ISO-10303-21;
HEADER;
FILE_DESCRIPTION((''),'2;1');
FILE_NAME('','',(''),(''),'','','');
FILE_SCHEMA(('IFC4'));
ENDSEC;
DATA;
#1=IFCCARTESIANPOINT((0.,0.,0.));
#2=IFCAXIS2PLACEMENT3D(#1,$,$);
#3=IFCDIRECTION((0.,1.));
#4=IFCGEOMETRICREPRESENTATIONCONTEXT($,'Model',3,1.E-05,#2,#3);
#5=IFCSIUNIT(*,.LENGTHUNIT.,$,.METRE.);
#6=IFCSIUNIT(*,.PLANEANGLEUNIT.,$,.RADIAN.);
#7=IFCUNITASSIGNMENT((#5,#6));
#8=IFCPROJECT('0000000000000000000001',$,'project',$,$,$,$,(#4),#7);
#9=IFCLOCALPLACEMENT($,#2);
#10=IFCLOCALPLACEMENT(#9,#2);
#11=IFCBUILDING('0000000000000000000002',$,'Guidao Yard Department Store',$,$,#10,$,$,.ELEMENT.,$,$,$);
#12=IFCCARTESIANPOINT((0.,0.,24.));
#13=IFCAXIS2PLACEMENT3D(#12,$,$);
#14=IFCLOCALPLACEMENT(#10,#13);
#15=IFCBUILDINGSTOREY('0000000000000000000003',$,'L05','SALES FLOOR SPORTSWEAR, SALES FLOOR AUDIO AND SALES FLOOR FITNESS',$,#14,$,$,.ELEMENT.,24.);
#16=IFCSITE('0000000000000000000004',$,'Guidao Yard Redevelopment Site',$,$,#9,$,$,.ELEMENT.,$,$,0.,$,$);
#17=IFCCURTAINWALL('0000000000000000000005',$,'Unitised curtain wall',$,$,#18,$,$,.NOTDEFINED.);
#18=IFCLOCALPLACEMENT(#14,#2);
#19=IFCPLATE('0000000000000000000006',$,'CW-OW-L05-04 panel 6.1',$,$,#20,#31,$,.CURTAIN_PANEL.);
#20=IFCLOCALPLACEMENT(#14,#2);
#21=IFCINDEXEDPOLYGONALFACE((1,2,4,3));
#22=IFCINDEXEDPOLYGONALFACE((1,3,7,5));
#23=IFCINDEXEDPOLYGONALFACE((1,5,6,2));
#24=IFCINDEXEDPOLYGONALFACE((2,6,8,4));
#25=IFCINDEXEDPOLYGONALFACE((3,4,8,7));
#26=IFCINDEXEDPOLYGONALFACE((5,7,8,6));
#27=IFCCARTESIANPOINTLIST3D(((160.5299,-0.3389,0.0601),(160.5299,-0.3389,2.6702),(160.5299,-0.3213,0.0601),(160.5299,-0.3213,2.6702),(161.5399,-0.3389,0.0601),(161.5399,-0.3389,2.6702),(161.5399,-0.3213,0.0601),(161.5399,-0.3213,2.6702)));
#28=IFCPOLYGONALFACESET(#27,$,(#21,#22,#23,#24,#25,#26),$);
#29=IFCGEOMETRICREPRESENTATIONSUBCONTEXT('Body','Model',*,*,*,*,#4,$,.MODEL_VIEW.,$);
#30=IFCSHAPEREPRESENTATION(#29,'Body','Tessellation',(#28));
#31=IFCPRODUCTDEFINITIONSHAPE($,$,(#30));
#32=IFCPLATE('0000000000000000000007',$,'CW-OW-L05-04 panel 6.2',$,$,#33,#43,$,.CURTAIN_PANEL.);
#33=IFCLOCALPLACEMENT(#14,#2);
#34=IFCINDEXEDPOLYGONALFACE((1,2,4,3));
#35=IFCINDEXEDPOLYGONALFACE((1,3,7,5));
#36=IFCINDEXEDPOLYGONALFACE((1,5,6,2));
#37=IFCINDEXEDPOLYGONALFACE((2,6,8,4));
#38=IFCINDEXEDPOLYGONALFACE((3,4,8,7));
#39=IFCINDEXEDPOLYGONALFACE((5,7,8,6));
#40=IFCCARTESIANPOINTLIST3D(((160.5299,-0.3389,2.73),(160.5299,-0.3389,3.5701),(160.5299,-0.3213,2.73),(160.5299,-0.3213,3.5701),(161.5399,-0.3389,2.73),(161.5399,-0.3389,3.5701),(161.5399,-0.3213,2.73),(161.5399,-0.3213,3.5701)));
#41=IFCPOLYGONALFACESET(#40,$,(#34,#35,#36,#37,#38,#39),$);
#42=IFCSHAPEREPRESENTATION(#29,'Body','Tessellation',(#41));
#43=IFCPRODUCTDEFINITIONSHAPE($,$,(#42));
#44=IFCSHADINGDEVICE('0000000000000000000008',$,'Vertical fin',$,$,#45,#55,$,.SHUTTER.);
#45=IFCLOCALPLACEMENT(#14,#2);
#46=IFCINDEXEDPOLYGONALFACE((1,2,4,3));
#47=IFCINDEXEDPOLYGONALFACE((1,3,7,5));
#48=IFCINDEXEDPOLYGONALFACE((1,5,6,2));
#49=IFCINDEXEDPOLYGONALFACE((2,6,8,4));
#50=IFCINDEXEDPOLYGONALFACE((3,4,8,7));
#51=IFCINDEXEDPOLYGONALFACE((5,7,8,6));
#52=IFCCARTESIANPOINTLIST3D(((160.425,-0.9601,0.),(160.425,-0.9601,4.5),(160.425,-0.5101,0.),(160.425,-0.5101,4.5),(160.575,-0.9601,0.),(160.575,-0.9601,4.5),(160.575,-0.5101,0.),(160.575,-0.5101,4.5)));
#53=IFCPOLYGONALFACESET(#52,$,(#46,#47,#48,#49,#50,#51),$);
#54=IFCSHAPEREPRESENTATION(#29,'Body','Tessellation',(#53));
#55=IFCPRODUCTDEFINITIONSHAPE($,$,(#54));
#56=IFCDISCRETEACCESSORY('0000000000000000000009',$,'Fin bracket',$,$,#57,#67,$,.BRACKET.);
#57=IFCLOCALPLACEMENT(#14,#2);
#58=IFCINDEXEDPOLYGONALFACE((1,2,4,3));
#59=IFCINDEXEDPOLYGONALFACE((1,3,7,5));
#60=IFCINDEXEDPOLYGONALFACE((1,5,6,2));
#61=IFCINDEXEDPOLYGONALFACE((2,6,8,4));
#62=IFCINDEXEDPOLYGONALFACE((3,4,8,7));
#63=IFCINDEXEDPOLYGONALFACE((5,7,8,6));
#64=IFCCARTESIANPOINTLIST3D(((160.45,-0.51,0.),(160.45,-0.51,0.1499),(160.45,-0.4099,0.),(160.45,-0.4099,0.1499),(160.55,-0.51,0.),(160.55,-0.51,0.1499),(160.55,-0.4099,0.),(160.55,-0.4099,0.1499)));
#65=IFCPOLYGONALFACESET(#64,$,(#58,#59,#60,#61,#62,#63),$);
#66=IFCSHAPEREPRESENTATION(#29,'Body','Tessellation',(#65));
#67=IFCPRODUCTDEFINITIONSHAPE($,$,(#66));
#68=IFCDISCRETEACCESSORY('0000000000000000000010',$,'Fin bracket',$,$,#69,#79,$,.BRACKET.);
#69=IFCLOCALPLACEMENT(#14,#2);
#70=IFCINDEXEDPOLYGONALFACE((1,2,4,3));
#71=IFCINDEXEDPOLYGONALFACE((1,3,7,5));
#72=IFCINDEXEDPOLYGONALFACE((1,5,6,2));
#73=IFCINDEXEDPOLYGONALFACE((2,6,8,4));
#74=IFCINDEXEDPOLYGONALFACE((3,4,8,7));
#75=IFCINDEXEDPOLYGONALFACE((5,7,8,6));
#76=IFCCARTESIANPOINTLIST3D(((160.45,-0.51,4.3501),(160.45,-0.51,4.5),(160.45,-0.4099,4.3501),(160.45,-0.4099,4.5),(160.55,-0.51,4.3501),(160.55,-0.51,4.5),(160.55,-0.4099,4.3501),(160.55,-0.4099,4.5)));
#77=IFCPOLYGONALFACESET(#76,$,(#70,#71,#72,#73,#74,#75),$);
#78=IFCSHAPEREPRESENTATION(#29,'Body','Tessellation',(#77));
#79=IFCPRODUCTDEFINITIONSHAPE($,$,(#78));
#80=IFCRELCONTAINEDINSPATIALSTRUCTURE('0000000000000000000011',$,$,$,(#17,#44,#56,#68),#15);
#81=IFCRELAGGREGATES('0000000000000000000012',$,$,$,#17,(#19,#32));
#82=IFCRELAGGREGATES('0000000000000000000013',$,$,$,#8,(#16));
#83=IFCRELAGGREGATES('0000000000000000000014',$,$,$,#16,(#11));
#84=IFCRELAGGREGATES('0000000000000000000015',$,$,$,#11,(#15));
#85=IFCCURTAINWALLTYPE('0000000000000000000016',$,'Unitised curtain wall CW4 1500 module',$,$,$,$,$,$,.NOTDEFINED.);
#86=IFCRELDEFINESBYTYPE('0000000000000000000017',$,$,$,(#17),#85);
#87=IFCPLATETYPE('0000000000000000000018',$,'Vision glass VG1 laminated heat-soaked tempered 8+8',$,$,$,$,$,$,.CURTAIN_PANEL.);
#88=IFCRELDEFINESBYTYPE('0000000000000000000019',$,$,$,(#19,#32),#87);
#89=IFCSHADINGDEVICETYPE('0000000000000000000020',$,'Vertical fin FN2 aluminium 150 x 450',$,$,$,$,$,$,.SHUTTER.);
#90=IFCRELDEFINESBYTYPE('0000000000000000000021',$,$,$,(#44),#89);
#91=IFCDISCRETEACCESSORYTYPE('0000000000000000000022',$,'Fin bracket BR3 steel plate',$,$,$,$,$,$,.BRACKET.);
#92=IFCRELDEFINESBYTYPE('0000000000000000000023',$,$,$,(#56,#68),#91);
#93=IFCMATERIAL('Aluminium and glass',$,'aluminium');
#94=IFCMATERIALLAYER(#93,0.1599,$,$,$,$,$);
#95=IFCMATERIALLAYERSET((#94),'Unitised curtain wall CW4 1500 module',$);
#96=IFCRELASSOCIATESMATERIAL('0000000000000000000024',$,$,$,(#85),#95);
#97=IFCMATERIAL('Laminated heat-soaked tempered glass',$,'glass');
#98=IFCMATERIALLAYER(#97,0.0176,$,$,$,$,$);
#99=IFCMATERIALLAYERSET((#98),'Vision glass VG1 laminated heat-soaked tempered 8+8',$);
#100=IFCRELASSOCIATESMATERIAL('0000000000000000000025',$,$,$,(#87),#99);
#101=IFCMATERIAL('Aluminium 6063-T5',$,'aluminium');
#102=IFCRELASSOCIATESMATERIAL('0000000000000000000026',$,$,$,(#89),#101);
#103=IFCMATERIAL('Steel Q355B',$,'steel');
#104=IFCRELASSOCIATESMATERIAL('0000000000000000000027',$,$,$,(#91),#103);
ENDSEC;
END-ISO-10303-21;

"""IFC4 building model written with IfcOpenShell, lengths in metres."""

from ifc_helpers import new_model, si_unit, direction, frame, origin, origin_2d, place, context, subcontext, project, spatial, rectangle, extrude, material, layer, layer_set, type_object, element, aggregate, save


model = new_model("IFC4")

# Units and contexts
model_context = context("Model", 3, precision=1e-05, world=origin(), true_north=direction((0.0, 1.0)))
body_context = subcontext(model_context, "Body", "Model", "MODEL_VIEW")
ifc_project = project(units=[si_unit("LENGTHUNIT", "METRE"), si_unit("PLANEANGLEUNIT", "RADIAN")], contexts=[model_context])

# Site, building, storey
site_placement = place(None, origin())
site = spatial("IfcSite", under=ifc_project, at=site_placement, Name="Guidao Yard Redevelopment Site", CompositionType="ELEMENT", RefElevation=0.0)
building_placement = place(site_placement, origin())
building = spatial("IfcBuilding", under=site, at=building_placement, Name="Guidao Yard Department Store", CompositionType="ELEMENT")
storey_placement = place(building_placement, frame((0.0, 0.0, 24.0)))
storey = spatial("IfcBuildingStorey", under=building, at=storey_placement, Name="L05", Description="SALES FLOOR SPORTSWEAR, SALES FLOOR AUDIO AND SALES FLOOR FITNESS", CompositionType="ELEMENT", Elevation=24.0)

# Curtain wall, plates
ifc_material_1 = material(Name="Aluminium and glass", Category="aluminium")
ifc_layer_1 = layer(ifc_material_1, 0.1599)
ifc_layer_set_1 = layer_set([ifc_layer_1], Name="Unitised curtain wall CW4 1500 module")
curtain_wall_type = type_object("IfcCurtainWallType", Name="Unitised curtain wall CW4 1500 module", PredefinedType="NOTDEFINED", material=ifc_layer_set_1)
curtain_wall_placement = place(storey_placement, origin())
curtain_wall = element("IfcCurtainWall", 1, at=curtain_wall_placement, inside=storey, type_object=curtain_wall_type, Name="Unitised curtain wall", PredefinedType="NOTDEFINED")
ifc_material_2 = material(Name="Laminated heat-soaked tempered glass", Category="glass")
ifc_layer_2 = layer(ifc_material_2, 0.0176)
ifc_layer_set_2 = layer_set([ifc_layer_2], Name="Vision glass VG1 laminated heat-soaked tempered 8+8")
plate_type_1 = type_object("IfcPlateType", Name="Vision glass VG1 laminated heat-soaked tempered 8+8", PredefinedType="CURTAIN_PANEL", material=ifc_layer_set_2)
plate_1_placement = place(storey_placement, frame((161.0349, -0.3301, 0.0601), z_axis=(0.0, 0.0, 1.0), x_axis=(-1.0, 0.0, 0.0)))
plate_1 = element("IfcPlate", 2, at=plate_1_placement, type_object=plate_type_1, Name="CW-OW-L05-04 panel 6.1", PredefinedType="CURTAIN_PANEL", context=body_context, shape_type="SweptSolid", body=[
    extrude(rectangle(XDim=1.01, YDim=0.0176, at=origin_2d()), origin(), (0.0, 0.0, 1.0), 2.6101),
])
plate_2_placement = place(storey_placement, frame((161.0349, -0.3301, 2.73), z_axis=(0.0, 0.0, 1.0), x_axis=(-1.0, 0.0, 0.0)))
plate_2 = element("IfcPlate", 3, at=plate_2_placement, type_object=plate_type_1, Name="CW-OW-L05-04 panel 6.2", PredefinedType="CURTAIN_PANEL", context=body_context, shape_type="SweptSolid", body=[
    extrude(rectangle(XDim=1.01, YDim=0.0176, at=origin_2d()), origin(), (0.0, 0.0, 1.0), 0.8401),
])
aggregate(curtain_wall, [plate_1, plate_2])

# Shading device
ifc_material_3 = material(Name="Aluminium 6063-T5", Category="aluminium")
shading_device_type = type_object("IfcShadingDeviceType", Name="Vertical fin FN2 aluminium 150 x 450", PredefinedType="SHUTTER", material=ifc_material_3)
shading_device_placement = place(storey_placement, frame((160.5, -0.7351, 0.0), z_axis=(0.0, 0.0, 1.0), x_axis=(-1.0, 0.0, 0.0)))
element("IfcShadingDevice", 4, at=shading_device_placement, inside=storey, type_object=shading_device_type, Name="Vertical fin", PredefinedType="SHUTTER", context=body_context, shape_type="SweptSolid", body=[
    extrude(rectangle(XDim=0.1499, YDim=0.45, at=origin_2d()), origin(), (0.0, 0.0, 1.0), 4.5),
])

# Discrete accessories
ifc_material_4 = material(Name="Steel Q355B", Category="steel")
discrete_accessory_type = type_object("IfcDiscreteAccessoryType", Name="Fin bracket BR3 steel plate", PredefinedType="BRACKET", material=ifc_material_4)
for number, where, z_axis, x_axis, name in (
    (5, (160.5, -0.46, 0.0), (0.0, 0.0, 1.0), (-1.0, 0.0, 0.0), "Fin bracket"),
    (6, (160.5, -0.46, 4.3501), (0.0, 0.0, 1.0), (-1.0, 0.0, 0.0), "Fin bracket"),
):
    element("IfcDiscreteAccessory", number, at=place(storey_placement, frame(where, z_axis=z_axis, x_axis=x_axis)), inside=storey, type_object=discrete_accessory_type, Name=name, PredefinedType="BRACKET", context=body_context, shape_type="SweptSolid", body=[
        extrude(rectangle(XDim=0.1001, YDim=0.1001, at=origin_2d()), origin(), (0.0, 0.0, 1.0), 0.1499),
    ])

save(model, "model.ifc")
